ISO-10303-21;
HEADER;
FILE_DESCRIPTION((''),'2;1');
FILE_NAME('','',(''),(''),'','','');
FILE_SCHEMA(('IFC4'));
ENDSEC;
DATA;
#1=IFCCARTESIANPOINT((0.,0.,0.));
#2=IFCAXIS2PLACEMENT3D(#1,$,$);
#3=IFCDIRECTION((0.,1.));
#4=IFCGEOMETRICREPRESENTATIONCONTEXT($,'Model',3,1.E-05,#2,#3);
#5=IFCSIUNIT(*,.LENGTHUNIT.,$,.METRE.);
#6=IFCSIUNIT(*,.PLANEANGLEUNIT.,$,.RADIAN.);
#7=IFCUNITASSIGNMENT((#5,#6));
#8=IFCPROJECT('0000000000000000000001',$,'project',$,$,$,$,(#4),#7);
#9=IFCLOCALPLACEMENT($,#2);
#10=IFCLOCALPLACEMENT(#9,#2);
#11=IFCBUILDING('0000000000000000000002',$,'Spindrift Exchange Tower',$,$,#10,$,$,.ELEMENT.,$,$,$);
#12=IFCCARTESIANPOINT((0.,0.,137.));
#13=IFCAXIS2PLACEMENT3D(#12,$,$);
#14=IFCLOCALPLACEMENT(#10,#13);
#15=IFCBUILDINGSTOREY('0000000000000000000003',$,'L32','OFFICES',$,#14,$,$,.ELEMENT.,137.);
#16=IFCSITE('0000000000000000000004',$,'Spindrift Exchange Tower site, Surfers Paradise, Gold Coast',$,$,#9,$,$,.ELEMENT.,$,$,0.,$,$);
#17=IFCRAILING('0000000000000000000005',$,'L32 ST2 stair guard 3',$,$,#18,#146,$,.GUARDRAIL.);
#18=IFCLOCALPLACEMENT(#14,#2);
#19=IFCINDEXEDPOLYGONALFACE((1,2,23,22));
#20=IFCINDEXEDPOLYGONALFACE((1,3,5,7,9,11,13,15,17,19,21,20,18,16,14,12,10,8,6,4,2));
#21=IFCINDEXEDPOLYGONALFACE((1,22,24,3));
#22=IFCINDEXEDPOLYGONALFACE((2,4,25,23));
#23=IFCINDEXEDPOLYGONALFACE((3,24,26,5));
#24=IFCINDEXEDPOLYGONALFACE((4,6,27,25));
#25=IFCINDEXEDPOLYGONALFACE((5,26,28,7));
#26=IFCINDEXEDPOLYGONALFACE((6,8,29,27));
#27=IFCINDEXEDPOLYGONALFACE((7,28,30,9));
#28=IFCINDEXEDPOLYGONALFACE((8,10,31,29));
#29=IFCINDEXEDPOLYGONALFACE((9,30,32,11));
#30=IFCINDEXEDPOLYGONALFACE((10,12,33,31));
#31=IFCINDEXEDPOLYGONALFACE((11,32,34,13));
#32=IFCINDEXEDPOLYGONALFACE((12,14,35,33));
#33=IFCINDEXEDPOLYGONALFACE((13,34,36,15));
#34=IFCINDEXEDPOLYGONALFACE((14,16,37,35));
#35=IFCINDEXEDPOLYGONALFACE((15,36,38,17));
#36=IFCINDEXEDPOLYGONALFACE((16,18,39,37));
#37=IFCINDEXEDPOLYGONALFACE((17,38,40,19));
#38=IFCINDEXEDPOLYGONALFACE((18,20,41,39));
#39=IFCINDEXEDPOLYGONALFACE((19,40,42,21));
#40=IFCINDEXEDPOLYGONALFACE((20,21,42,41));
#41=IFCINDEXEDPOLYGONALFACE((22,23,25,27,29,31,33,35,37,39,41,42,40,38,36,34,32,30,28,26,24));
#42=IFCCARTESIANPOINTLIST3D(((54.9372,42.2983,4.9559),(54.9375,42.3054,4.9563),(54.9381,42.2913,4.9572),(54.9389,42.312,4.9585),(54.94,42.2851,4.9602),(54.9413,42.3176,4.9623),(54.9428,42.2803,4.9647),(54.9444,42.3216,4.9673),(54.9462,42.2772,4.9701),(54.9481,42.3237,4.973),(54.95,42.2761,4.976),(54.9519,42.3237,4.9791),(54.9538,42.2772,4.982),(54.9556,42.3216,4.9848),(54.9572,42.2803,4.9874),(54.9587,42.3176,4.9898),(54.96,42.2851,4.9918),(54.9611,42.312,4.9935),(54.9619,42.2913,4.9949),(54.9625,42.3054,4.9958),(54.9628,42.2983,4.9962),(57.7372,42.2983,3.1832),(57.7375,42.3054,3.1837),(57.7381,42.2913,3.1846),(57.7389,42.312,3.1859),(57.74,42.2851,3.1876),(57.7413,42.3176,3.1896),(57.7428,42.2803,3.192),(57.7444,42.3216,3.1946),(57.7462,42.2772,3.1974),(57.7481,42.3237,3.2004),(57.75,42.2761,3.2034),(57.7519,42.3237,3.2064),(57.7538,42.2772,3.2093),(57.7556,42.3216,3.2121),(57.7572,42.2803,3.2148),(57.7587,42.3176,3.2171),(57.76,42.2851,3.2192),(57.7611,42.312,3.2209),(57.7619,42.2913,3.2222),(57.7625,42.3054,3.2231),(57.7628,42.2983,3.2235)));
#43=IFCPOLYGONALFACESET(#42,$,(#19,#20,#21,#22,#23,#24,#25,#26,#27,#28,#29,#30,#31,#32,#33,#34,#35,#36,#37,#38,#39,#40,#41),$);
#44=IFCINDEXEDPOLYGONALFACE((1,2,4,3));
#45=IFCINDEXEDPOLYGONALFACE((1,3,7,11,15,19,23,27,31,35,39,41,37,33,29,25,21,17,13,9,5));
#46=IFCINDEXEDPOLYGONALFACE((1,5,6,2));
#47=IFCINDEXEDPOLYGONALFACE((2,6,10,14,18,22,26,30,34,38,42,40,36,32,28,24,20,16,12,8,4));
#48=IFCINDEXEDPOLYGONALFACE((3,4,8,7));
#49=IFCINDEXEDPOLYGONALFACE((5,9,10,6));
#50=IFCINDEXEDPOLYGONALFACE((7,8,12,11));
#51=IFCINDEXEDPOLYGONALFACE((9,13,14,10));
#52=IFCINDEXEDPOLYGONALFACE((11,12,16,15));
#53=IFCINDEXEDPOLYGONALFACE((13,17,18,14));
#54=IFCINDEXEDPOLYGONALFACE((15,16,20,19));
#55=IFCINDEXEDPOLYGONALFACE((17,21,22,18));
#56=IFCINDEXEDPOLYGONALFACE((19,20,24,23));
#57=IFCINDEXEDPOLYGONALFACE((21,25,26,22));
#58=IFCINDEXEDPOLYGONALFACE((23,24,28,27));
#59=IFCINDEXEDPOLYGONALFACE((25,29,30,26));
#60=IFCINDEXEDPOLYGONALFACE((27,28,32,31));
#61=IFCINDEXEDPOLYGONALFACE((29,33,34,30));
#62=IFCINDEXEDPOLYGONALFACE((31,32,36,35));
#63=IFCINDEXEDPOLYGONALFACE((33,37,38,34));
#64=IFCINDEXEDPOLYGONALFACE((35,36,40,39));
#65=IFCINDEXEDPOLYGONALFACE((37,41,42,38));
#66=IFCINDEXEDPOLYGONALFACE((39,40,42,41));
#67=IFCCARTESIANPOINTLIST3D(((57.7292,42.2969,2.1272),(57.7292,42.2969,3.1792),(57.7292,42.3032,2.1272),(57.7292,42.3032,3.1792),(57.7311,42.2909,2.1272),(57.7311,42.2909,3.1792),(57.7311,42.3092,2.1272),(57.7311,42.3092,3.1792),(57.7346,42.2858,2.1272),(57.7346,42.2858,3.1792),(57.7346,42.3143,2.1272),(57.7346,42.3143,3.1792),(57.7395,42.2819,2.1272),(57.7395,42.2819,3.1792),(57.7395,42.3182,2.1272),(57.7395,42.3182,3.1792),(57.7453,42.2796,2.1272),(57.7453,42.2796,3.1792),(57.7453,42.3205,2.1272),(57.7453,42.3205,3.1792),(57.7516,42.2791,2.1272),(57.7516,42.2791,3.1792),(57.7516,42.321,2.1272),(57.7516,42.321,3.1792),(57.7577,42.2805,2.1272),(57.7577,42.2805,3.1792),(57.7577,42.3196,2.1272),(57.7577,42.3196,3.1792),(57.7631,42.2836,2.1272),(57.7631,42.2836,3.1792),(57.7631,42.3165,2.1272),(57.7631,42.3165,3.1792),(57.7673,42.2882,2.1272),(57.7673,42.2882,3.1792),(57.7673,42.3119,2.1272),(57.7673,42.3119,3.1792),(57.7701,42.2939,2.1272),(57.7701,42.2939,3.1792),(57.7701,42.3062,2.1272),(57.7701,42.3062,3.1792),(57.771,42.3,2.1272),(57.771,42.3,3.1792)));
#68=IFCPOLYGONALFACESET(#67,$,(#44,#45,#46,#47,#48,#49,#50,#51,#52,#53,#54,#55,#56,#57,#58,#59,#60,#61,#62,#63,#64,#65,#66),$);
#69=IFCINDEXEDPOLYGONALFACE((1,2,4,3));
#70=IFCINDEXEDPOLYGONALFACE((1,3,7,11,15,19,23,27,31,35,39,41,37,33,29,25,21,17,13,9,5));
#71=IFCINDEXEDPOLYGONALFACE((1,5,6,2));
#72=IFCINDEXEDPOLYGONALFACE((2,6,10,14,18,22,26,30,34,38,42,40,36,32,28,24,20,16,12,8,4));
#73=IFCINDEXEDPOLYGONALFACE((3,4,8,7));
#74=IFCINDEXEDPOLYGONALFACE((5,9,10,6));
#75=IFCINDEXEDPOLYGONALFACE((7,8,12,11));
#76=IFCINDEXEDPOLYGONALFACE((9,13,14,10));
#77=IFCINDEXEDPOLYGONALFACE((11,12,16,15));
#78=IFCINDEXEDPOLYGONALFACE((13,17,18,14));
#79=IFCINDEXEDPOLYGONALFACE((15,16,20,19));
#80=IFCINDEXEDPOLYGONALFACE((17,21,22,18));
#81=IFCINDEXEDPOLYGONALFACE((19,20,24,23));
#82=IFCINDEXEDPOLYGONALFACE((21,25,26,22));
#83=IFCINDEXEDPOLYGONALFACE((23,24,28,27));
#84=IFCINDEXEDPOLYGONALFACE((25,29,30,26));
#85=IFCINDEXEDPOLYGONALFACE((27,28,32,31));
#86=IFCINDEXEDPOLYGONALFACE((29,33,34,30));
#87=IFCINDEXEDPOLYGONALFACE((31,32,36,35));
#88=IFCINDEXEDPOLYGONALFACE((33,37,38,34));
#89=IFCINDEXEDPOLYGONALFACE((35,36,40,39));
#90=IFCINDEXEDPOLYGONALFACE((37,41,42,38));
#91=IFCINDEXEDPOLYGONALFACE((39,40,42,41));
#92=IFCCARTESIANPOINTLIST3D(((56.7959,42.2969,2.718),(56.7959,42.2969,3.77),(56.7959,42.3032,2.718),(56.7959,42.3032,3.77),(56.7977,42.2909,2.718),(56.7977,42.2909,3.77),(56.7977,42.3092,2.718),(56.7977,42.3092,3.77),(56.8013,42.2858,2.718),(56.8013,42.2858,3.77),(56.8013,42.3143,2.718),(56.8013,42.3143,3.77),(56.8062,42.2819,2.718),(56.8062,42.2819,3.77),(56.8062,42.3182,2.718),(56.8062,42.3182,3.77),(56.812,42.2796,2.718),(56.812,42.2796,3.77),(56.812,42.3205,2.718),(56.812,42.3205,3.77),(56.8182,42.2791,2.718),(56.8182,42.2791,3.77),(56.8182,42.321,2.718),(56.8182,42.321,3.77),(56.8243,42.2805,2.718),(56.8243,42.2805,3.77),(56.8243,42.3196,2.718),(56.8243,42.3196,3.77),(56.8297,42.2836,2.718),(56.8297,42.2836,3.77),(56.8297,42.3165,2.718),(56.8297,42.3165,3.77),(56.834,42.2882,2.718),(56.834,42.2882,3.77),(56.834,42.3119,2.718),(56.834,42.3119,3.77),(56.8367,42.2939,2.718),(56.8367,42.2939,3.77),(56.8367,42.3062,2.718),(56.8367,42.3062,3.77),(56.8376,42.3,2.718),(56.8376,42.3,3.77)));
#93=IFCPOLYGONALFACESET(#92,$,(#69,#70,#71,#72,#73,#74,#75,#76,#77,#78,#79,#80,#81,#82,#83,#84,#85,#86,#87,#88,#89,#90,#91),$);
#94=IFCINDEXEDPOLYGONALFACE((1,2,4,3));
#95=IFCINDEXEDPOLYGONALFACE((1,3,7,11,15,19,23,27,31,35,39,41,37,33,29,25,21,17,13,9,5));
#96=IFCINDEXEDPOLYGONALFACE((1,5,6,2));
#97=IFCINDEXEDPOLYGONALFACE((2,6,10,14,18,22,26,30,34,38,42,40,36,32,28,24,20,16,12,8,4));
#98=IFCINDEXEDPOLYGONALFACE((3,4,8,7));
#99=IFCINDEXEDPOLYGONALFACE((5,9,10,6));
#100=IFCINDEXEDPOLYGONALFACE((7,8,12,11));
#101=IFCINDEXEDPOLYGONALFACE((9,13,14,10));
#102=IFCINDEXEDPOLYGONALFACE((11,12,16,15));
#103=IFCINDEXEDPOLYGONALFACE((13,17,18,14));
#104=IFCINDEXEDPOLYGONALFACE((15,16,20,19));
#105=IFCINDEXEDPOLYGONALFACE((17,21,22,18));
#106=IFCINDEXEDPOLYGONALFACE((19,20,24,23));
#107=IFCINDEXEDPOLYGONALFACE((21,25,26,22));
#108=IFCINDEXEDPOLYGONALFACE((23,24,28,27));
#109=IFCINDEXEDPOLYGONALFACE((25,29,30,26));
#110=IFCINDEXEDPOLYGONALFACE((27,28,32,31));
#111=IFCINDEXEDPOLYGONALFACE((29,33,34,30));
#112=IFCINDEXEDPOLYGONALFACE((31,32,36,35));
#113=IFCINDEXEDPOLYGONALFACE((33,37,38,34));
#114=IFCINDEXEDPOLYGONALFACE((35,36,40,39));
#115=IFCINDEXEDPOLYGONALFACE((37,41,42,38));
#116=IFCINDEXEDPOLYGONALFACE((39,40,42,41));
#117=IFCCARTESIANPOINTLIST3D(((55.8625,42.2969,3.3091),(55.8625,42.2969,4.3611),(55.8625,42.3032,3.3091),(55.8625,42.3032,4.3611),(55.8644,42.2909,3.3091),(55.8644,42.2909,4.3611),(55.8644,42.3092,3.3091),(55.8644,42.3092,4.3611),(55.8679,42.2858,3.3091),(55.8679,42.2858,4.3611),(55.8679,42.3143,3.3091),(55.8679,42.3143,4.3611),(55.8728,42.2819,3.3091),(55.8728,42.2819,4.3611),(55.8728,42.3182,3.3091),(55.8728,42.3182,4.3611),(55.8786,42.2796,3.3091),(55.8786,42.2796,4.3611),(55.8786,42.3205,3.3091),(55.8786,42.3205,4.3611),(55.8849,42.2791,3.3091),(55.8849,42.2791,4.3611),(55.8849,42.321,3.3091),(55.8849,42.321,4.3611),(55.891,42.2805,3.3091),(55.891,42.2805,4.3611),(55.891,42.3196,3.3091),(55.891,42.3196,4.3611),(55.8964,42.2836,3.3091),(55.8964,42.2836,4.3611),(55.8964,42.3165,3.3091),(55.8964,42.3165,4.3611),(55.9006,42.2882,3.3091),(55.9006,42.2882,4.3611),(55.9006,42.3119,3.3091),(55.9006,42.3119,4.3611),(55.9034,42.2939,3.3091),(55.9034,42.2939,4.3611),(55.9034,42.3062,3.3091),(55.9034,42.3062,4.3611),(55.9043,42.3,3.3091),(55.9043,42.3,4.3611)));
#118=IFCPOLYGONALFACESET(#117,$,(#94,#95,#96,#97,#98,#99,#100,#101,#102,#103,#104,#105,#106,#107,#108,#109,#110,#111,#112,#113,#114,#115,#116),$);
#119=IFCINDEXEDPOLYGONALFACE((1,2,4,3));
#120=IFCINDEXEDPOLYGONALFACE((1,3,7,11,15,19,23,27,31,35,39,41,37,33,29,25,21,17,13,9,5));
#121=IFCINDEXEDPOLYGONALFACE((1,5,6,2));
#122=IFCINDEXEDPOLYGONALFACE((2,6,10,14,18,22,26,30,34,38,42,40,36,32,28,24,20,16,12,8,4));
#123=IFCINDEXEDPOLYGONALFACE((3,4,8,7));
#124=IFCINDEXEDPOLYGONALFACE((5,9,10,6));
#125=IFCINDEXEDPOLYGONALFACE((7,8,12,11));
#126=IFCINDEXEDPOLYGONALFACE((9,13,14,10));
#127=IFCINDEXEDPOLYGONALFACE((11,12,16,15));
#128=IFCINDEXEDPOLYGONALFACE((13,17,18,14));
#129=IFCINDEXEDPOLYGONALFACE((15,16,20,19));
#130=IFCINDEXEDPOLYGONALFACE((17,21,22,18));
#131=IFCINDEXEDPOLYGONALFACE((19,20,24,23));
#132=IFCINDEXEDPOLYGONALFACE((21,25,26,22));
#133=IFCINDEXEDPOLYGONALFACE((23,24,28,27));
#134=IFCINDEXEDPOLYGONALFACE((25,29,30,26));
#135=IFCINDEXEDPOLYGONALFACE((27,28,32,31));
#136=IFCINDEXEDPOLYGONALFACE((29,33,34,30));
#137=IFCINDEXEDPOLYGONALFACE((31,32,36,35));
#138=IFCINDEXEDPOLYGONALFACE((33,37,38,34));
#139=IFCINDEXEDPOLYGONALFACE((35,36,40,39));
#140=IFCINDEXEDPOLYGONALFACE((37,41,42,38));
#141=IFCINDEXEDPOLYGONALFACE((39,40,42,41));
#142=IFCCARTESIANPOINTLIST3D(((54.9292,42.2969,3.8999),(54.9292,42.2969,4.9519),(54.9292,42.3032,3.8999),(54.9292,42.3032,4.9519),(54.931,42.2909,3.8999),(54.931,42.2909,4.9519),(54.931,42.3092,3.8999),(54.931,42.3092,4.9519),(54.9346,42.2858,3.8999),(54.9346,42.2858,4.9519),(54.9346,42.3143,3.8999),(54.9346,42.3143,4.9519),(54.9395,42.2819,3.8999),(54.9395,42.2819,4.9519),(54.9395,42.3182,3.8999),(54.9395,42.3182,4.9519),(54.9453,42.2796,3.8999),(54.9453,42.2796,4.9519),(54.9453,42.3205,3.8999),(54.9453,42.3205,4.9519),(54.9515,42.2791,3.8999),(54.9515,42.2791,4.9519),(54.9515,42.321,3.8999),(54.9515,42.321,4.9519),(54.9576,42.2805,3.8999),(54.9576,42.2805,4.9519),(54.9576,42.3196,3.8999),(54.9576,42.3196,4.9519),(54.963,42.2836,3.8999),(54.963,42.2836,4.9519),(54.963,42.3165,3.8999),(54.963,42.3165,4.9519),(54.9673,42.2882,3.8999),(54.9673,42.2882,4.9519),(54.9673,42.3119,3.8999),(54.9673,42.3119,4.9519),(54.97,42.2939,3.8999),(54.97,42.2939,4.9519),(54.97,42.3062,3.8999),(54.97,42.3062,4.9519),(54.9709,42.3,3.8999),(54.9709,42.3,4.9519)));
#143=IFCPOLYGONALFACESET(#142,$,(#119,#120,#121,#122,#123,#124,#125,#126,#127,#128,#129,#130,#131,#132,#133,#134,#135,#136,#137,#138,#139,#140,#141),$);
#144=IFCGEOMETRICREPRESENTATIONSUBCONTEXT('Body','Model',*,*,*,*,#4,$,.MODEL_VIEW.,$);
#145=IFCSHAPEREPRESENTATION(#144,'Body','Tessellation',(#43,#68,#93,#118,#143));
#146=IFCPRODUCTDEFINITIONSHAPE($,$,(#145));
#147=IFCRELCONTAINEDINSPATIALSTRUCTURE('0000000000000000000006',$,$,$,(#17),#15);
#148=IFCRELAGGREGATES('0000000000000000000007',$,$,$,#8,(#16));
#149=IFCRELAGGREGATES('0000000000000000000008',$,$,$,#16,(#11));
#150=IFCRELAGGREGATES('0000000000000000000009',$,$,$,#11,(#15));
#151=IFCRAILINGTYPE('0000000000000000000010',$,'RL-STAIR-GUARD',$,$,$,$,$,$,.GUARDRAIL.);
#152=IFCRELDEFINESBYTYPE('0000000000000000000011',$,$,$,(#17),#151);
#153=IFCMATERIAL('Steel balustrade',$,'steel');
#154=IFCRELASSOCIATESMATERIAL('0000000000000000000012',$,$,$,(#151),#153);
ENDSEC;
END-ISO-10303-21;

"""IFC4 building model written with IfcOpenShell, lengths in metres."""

from ifc_helpers import new_model, si_unit, direction, frame, origin, origin_2d, place, context, subcontext, project, spatial, circle, extrude, material, type_object, element, save


model = new_model("IFC4")

# Units and contexts
model_context = context("Model", 3, precision=1e-05, world=origin(), true_north=direction((0.0, 1.0)))
body_context = subcontext(model_context, "Body", "Model", "MODEL_VIEW")
ifc_project = project(units=[si_unit("LENGTHUNIT", "METRE"), si_unit("PLANEANGLEUNIT", "RADIAN")], contexts=[model_context])

# Site, building, storey
site_placement = place(None, origin())
site = spatial("IfcSite", under=ifc_project, at=site_placement, Name="Spindrift Exchange Tower site, Surfers Paradise, Gold Coast", CompositionType="ELEMENT", RefElevation=0.0)
building_placement = place(site_placement, origin())
building = spatial("IfcBuilding", under=site, at=building_placement, Name="Spindrift Exchange Tower", CompositionType="ELEMENT")
storey_placement = place(building_placement, frame((0.0, 0.0, 137.0)))
storey = spatial("IfcBuildingStorey", under=building, at=storey_placement, Name="L32", Description="OFFICES", CompositionType="ELEMENT", Elevation=137.0)

# Railing
ifc_material_1 = material(Name="Steel balustrade", Category="steel")
railing_type_1 = type_object("IfcRailingType", Name="RL-STAIR-GUARD", PredefinedType="GUARDRAIL", material=ifc_material_1)
railing_1_placement = place(storey_placement, frame((57.75, 42.3, 2.1272)))
element("IfcRailing", 1, at=railing_1_placement, inside=storey, type_object=railing_type_1, Name="L32 ST2 stair guard 3", PredefinedType="GUARDRAIL", context=body_context, shape_type="SweptSolid", body=[
    extrude(circle(Radius=0.0239, at=origin_2d()), frame((0.0, 0.0, 1.0762), z_axis=(-0.844909, 0.0, 0.53491), x_axis=(0.0, -1.0, 0.0)), (0.0, 0.0, 1.0), 3.314),
    extrude(circle(Radius=0.021, at=origin_2d()), origin(), (0.0, 0.0, 1.0), 1.052),
    extrude(circle(Radius=0.021, at=origin_2d()), frame((-0.9333, 0.0, 0.5908)), (0.0, 0.0, 1.0), 1.052),
    extrude(circle(Radius=0.021, at=origin_2d()), frame((-1.8667, 0.0, 1.1819)), (0.0, 0.0, 1.0), 1.052),
    extrude(circle(Radius=0.021, at=origin_2d()), frame((-2.8, 0.0, 1.7727)), (0.0, 0.0, 1.0), 1.052),
])

save(model, "model.ifc")
